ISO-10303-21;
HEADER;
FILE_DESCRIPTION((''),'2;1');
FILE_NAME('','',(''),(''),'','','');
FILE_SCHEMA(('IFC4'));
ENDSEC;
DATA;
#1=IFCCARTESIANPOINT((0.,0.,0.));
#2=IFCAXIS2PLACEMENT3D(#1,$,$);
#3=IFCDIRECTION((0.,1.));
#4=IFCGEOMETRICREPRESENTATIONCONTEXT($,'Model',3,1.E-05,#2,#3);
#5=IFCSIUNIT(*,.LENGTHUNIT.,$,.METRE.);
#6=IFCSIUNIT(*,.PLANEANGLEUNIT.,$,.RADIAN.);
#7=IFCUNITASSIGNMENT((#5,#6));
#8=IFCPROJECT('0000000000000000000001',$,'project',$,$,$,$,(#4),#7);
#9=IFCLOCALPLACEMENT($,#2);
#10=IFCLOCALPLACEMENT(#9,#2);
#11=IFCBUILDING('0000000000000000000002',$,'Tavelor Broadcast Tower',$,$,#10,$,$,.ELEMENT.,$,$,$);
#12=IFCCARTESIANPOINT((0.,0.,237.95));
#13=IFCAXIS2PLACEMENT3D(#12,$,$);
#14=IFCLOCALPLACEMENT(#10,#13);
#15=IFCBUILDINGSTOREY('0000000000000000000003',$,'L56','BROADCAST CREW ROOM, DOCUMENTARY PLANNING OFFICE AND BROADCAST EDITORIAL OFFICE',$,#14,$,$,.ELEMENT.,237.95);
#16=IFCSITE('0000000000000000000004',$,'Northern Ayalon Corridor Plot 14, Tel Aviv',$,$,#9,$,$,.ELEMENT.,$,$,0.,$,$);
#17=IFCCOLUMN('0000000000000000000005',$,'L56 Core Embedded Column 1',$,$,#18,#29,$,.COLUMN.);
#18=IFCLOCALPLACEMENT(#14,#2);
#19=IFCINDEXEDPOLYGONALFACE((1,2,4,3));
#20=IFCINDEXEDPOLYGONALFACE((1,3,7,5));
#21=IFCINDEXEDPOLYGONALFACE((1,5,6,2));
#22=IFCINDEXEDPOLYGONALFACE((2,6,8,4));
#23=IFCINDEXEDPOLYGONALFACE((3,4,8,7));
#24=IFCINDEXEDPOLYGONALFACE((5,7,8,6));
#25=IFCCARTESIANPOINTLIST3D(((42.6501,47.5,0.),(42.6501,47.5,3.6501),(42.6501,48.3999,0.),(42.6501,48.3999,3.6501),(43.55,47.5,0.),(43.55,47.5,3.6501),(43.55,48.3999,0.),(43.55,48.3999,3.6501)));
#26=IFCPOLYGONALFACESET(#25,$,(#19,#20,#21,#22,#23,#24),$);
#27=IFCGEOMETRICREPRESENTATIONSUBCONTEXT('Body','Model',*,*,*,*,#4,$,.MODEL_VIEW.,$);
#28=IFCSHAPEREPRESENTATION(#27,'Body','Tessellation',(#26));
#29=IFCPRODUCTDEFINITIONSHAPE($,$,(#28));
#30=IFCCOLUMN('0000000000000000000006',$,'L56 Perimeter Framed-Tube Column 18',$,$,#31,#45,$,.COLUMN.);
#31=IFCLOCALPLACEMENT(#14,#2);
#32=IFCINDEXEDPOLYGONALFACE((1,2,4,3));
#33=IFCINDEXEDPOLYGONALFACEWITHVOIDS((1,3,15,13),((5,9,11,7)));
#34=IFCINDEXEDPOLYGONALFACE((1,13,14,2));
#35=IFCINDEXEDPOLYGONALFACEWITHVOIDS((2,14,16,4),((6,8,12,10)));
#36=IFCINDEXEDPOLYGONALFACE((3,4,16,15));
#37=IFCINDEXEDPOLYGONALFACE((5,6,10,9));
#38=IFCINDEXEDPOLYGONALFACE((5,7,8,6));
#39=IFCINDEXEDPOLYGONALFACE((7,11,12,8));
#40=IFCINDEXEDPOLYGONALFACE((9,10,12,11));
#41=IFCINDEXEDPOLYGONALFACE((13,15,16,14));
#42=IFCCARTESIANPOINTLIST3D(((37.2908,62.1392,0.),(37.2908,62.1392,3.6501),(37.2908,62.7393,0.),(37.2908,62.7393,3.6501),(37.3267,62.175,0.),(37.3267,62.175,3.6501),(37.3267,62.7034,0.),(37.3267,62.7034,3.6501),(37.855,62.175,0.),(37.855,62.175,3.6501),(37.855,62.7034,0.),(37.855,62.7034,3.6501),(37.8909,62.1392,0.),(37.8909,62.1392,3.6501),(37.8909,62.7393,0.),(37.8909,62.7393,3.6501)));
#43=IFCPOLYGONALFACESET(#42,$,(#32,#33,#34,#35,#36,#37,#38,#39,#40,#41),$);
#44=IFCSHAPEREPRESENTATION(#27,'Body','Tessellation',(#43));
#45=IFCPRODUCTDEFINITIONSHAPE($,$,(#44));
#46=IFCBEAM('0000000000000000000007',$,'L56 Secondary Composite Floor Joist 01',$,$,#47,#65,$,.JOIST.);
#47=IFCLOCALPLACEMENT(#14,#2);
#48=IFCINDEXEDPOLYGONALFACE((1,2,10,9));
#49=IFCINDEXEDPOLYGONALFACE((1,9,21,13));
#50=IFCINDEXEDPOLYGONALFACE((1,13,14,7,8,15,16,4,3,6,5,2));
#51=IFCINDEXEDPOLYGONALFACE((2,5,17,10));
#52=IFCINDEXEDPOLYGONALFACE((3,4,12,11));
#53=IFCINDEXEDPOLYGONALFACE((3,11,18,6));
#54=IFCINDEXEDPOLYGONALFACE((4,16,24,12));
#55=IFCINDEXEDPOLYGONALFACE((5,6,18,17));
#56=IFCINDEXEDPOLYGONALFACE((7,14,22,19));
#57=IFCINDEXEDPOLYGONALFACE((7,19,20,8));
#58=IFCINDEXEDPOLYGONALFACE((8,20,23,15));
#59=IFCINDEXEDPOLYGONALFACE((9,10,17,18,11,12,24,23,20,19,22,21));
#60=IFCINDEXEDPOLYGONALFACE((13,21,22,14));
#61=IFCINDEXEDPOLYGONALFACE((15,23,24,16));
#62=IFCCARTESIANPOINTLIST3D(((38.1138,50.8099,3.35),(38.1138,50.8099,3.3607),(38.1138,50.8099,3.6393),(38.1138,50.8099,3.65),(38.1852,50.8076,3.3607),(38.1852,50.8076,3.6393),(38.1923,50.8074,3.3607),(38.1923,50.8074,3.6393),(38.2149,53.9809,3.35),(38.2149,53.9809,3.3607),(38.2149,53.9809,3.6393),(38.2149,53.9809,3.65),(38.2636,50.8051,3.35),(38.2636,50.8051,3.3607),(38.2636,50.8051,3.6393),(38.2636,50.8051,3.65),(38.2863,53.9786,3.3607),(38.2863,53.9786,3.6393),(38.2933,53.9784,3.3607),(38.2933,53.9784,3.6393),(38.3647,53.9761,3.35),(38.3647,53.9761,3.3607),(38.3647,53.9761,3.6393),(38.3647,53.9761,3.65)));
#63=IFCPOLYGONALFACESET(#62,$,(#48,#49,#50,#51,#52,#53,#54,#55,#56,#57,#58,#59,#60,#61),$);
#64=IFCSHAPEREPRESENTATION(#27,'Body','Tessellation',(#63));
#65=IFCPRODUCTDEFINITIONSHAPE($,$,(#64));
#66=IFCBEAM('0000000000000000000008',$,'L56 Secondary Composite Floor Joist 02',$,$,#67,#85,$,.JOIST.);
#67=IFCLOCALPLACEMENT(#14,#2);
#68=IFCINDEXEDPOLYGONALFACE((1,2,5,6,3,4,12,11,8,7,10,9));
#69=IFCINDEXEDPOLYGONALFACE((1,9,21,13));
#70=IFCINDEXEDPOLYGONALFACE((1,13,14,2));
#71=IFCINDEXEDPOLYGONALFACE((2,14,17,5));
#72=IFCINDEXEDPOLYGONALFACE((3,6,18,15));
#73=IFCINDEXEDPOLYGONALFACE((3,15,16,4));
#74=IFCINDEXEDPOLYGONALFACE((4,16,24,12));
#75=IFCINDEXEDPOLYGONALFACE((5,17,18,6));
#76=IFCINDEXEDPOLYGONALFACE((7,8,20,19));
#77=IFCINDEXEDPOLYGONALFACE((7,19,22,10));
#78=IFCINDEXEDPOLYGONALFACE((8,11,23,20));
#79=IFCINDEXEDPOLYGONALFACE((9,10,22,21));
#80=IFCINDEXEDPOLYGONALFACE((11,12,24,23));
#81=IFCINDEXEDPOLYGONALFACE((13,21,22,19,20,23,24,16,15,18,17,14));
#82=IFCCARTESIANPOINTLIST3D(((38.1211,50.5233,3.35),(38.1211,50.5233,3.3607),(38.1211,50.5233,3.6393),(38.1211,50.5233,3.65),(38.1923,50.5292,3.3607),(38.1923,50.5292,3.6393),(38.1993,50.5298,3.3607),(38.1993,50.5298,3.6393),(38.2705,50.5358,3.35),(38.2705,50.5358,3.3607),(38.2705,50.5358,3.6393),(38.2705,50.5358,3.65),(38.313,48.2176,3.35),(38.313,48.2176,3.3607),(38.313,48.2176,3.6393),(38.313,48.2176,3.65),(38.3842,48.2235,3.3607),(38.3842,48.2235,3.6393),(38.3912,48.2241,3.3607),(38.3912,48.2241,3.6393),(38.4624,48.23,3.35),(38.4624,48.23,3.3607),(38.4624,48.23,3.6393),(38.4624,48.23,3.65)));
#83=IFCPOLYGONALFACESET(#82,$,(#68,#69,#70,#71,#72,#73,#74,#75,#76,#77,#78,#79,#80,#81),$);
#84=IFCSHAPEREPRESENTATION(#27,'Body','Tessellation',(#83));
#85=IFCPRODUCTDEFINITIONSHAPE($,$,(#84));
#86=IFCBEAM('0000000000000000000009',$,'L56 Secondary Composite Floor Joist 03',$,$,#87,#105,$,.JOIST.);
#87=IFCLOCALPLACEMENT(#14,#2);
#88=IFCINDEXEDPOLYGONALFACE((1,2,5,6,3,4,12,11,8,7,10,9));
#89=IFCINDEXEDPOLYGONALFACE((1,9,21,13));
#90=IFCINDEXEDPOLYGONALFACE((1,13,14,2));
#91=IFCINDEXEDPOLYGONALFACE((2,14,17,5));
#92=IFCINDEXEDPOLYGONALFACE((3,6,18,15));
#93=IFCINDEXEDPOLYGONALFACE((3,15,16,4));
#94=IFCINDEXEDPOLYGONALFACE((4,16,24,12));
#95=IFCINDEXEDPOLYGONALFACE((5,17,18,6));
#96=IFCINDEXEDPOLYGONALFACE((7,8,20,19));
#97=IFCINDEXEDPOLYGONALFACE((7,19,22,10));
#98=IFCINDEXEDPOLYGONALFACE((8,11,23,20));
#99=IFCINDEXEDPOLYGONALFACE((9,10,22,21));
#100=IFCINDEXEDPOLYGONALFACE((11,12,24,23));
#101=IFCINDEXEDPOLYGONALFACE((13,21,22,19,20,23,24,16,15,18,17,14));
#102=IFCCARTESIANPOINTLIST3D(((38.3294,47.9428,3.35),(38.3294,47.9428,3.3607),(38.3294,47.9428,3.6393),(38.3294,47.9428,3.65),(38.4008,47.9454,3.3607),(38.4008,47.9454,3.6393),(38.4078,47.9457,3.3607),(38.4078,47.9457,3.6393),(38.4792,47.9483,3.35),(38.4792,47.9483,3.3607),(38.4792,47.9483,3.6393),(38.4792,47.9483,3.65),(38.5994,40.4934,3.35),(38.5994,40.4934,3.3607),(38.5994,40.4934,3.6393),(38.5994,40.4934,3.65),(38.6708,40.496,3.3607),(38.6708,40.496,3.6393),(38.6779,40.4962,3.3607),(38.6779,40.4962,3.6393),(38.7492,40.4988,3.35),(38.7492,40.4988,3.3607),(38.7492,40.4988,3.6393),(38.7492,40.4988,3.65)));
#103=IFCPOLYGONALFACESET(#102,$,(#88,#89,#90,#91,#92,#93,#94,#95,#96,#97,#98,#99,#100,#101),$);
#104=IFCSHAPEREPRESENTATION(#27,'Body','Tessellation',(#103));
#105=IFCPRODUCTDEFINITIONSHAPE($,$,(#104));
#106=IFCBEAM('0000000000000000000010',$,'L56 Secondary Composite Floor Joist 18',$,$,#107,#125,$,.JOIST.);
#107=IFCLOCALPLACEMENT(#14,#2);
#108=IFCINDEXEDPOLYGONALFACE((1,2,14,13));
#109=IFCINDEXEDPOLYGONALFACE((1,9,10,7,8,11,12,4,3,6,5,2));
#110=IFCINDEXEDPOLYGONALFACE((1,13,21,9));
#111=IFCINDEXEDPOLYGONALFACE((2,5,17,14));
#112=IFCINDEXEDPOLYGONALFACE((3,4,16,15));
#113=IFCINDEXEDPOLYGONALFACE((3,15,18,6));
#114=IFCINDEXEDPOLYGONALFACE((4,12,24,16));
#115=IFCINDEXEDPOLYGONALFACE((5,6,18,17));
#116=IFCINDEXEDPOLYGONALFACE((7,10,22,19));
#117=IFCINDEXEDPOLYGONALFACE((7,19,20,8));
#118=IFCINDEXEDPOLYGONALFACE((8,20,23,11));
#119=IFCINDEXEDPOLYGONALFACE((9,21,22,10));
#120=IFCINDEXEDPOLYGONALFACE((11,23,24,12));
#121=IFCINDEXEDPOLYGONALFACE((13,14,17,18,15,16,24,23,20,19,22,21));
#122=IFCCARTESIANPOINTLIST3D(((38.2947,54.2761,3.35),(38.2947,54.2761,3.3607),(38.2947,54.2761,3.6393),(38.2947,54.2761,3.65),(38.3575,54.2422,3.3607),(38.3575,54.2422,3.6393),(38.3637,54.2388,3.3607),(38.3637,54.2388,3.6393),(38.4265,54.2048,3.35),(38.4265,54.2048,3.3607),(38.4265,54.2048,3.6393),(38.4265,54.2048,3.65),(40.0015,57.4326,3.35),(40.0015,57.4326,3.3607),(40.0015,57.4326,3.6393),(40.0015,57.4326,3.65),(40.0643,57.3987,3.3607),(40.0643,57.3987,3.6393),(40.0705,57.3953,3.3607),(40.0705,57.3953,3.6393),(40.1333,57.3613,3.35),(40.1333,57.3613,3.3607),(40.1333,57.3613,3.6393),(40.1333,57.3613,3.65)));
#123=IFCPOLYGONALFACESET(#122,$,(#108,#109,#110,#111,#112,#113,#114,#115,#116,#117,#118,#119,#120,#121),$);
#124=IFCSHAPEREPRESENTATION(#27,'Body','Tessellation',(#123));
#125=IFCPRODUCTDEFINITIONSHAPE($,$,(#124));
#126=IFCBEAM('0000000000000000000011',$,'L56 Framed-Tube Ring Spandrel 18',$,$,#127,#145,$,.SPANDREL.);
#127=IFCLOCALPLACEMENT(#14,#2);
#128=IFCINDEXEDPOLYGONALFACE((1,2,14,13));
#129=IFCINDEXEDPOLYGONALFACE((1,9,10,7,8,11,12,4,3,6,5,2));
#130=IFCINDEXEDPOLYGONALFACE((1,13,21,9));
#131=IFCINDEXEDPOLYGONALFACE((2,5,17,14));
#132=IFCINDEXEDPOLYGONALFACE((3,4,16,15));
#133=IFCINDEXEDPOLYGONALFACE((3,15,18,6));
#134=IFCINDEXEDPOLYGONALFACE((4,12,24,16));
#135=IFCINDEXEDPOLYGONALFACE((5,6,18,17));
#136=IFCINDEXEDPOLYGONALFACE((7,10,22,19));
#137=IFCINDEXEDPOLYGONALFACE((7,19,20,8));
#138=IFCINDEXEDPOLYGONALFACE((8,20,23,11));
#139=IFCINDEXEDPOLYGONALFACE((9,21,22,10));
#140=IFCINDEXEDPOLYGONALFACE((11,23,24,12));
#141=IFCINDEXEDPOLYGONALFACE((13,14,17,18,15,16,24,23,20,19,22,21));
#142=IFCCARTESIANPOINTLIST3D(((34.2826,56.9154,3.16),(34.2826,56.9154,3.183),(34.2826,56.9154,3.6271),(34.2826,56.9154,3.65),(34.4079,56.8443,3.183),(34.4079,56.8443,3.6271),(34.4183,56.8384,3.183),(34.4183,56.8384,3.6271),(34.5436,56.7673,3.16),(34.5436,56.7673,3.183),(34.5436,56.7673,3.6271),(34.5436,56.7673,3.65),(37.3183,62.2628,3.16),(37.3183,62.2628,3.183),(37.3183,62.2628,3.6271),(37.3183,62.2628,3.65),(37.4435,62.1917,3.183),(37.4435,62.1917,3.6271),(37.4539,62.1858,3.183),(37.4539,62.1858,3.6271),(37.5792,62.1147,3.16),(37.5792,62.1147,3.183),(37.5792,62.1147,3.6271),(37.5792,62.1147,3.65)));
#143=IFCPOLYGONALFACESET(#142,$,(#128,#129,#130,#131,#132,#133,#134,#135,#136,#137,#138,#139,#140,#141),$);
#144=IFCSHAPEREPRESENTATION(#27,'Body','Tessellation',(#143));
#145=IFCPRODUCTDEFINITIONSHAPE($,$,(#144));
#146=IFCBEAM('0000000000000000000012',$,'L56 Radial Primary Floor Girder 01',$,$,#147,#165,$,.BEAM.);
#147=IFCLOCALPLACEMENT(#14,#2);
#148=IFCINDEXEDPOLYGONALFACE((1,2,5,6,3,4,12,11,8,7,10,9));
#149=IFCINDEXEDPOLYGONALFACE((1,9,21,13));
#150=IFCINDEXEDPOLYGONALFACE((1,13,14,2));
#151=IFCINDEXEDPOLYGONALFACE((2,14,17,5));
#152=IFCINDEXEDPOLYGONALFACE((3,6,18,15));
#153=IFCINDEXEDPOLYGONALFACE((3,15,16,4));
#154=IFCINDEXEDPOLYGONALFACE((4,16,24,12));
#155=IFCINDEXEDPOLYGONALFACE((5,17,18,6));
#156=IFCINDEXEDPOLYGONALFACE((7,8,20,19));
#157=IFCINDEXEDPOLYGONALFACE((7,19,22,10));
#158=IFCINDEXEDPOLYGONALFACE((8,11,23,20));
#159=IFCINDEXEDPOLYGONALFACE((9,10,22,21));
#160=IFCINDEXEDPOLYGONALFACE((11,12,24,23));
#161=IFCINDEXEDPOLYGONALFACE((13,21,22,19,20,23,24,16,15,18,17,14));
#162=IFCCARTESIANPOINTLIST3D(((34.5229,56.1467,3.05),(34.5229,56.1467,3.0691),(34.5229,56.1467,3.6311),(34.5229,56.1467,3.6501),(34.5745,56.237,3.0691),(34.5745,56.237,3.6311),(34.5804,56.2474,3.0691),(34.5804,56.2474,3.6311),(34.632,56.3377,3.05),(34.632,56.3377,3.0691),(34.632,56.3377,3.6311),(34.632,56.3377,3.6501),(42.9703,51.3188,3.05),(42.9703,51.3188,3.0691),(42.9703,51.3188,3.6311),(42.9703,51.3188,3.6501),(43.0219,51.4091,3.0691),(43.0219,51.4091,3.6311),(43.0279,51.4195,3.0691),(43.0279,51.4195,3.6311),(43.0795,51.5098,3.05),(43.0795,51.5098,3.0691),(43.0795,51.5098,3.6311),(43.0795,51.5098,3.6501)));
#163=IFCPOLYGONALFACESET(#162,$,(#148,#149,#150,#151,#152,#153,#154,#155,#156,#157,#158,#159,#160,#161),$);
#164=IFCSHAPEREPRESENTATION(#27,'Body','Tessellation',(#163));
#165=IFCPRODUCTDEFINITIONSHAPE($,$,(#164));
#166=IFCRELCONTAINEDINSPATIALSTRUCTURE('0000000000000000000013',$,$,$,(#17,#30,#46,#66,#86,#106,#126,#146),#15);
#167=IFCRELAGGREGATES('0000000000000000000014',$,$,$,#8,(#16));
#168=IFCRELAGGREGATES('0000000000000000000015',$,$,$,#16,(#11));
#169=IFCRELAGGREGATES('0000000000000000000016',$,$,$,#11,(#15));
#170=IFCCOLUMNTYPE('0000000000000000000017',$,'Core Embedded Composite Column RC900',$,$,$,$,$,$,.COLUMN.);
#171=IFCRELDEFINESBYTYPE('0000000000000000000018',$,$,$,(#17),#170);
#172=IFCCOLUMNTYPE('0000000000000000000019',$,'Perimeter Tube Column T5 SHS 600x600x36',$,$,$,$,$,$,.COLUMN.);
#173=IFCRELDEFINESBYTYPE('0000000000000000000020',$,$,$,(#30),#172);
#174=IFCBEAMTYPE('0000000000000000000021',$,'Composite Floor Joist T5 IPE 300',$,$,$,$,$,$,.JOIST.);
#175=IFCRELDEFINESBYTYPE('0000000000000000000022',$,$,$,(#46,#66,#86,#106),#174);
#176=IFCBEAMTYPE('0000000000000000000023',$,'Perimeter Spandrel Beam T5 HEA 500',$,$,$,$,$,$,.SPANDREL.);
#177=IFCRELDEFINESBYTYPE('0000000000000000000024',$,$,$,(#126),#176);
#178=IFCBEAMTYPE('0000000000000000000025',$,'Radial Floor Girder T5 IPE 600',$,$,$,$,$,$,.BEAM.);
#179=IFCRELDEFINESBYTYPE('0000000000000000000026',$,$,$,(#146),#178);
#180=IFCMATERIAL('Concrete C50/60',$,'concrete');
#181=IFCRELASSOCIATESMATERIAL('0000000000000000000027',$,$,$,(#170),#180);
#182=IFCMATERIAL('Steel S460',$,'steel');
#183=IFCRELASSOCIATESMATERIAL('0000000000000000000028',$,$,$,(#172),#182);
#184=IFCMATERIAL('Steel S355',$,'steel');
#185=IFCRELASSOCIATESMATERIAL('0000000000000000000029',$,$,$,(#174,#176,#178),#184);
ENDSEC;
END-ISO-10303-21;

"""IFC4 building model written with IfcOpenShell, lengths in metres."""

from ifc_helpers import new_model, si_unit, direction, frame, origin, origin_2d, place, context, subcontext, project, spatial, rectangle, hollow_rectangle, i_section, extrude, material, material_profile, profile_set, type_object, element, save


model = new_model("IFC4")

# Units and contexts
model_context = context("Model", 3, precision=1e-05, world=origin(), true_north=direction((0.0, 1.0)))
body_context = subcontext(model_context, "Body", "Model", "MODEL_VIEW")
ifc_project = project(units=[si_unit("LENGTHUNIT", "METRE"), si_unit("PLANEANGLEUNIT", "RADIAN")], contexts=[model_context])

# Site, building, storey
site_placement = place(None, origin())
site = spatial("IfcSite", under=ifc_project, at=site_placement, Name="Northern Ayalon Corridor Plot 14, Tel Aviv", CompositionType="ELEMENT", RefElevation=0.0)
building_placement = place(site_placement, origin())
building = spatial("IfcBuilding", under=site, at=building_placement, Name="Tavelor Broadcast Tower", CompositionType="ELEMENT")
storey_placement = place(building_placement, frame((0.0, 0.0, 237.95)))
storey = spatial("IfcBuildingStorey", under=building, at=storey_placement, Name="L56", Description="BROADCAST CREW ROOM, DOCUMENTARY PLANNING OFFICE AND BROADCAST EDITORIAL OFFICE", CompositionType="ELEMENT", Elevation=237.95)

# Columns
ifc_material_1 = material(Name="Concrete C50/60", Category="concrete")
ifc_material_profile_1 = material_profile(ifc_material_1, rectangle(XDim=0.8999, YDim=0.8999, at=origin_2d()), Name="RC 900x900")
ifc_profile_set_1 = profile_set([ifc_material_profile_1], Name="Concrete C50/60")
column_type_1 = type_object("IfcColumnType", Name="Core Embedded Composite Column RC900", PredefinedType="COLUMN", material=ifc_profile_set_1)
column_1_placement = place(storey_placement, frame((43.1001, 47.95, 0.0), z_axis=(0.0, 0.0, 1.0), x_axis=(1.0, 0.0, 0.0)))
element("IfcColumn", 1, at=column_1_placement, inside=storey, type_object=column_type_1, Name="L56 Core Embedded Column 1", PredefinedType="COLUMN", context=body_context, shape_type="SweptSolid", body=[
    extrude(rectangle(XDim=0.8999, YDim=0.8999, at=origin_2d()), origin(), (0.0, 0.0, 1.0), 3.6501),
])
ifc_material_2 = material(Name="Steel S460", Category="steel")
ifc_material_profile_2 = material_profile(ifc_material_2, hollow_rectangle(XDim=0.6001, YDim=0.6001, WallThickness=0.0359, at=origin_2d()), Name="SHS 600x600x36")
ifc_profile_set_2 = profile_set([ifc_material_profile_2], Name="Steel S460")
column_type_2 = type_object("IfcColumnType", Name="Perimeter Tube Column T5 SHS 600x600x36", PredefinedType="COLUMN", material=ifc_profile_set_2)
column_2_placement = place(storey_placement, frame((37.5908, 62.4392, 0.0), z_axis=(0.0, 0.0, 1.0), x_axis=(1.0, 0.0, 0.0)))
element("IfcColumn", 2, at=column_2_placement, inside=storey, type_object=column_type_2, Name="L56 Perimeter Framed-Tube Column 18", PredefinedType="COLUMN", context=body_context, shape_type="SweptSolid", body=[
    extrude(hollow_rectangle(XDim=0.6001, YDim=0.6001, WallThickness=0.0359, at=origin_2d()), origin(), (0.0, 0.0, 1.0), 3.6501),
])

# Beams
ifc_material_3 = material(Name="Steel S355", Category="steel")
ifc_material_profile_3 = material_profile(ifc_material_3, i_section(OverallWidth=0.1499, OverallDepth=0.3, WebThickness=0.0071, FlangeThickness=0.0107, at=origin_2d()), Name="IPE 300")
ifc_profile_set_3 = profile_set([ifc_material_profile_3], Name="Steel S355")
beam_type_1 = type_object("IfcBeamType", Name="Composite Floor Joist T5 IPE 300", PredefinedType="JOIST", material=ifc_profile_set_3)
beam_1_placement = place(storey_placement, frame((38.2898, 53.9785, 3.5), z_axis=(-0.031859, -0.999492, 0.0), x_axis=(0.999492, -0.031859, 0.0)))
element("IfcBeam", 3, at=beam_1_placement, inside=storey, type_object=beam_type_1, Name="L56 Secondary Composite Floor Joist 01", PredefinedType="JOIST", context=body_context, shape_type="SweptSolid", body=[
    extrude(i_section(OverallWidth=0.1499, OverallDepth=0.3, WebThickness=0.0071, FlangeThickness=0.0107, at=origin_2d()), origin(), (0.0, 0.0, 1.0), 3.1726),
])
beam_2_placement = place(storey_placement, frame((38.1958, 50.5295, 3.5), z_axis=(0.082941, -0.996554, 0.0), x_axis=(0.996554, 0.082941, 0.0)))
element("IfcBeam", 4, at=beam_2_placement, inside=storey, type_object=beam_type_1, Name="L56 Secondary Composite Floor Joist 02", PredefinedType="JOIST", context=body_context, shape_type="SweptSolid", body=[
    extrude(i_section(OverallWidth=0.1499, OverallDepth=0.3, WebThickness=0.0071, FlangeThickness=0.0107, at=origin_2d()), origin(), (0.0, 0.0, 1.0), 2.3137),
])
beam_3_placement = place(storey_placement, frame((38.4043, 47.9456, 3.5), z_axis=(0.036223, -0.999344, 0.0), x_axis=(0.999344, 0.036223, 0.0)))
element("IfcBeam", 5, at=beam_3_placement, inside=storey, type_object=beam_type_1, Name="L56 Secondary Composite Floor Joist 03", PredefinedType="JOIST", context=body_context, shape_type="SweptSolid", body=[
    extrude(i_section(OverallWidth=0.1499, OverallDepth=0.3, WebThickness=0.0071, FlangeThickness=0.0107, at=origin_2d()), origin(), (0.0, 0.0, 1.0), 7.4543),
])
beam_4_placement = place(storey_placement, frame((40.0674, 57.397, 3.5), z_axis=(-0.475641, -0.87964, 0.0), x_axis=(0.87964, -0.475641, 0.0)))
element("IfcBeam", 6, at=beam_4_placement, inside=storey, type_object=beam_type_1, Name="L56 Secondary Composite Floor Joist 18", PredefinedType="JOIST", context=body_context, shape_type="SweptSolid", body=[
    extrude(i_section(OverallWidth=0.1499, OverallDepth=0.3, WebThickness=0.0071, FlangeThickness=0.0107, at=origin_2d()), origin(), (0.0, 0.0, 1.0), 3.5884),
])
ifc_material_profile_4 = material_profile(ifc_material_3, i_section(OverallWidth=0.3, OverallDepth=0.49, WebThickness=0.012, FlangeThickness=0.0229, at=origin_2d()), Name="HEA 500")
ifc_profile_set_4 = profile_set([ifc_material_profile_4], Name="Steel S355")
beam_type_2 = type_object("IfcBeamType", Name="Perimeter Spandrel Beam T5 HEA 500", PredefinedType="SPANDREL", material=ifc_profile_set_4)
beam_5_placement = place(storey_placement, frame((37.4487, 62.1887, 3.405), z_axis=(-0.493683, -0.869642, 0.0), x_axis=(0.869642, -0.493683, 0.0)))
element("IfcBeam", 7, at=beam_5_placement, inside=storey, type_object=beam_type_2, Name="L56 Framed-Tube Ring Spandrel 18", PredefinedType="SPANDREL", context=body_context, shape_type="SweptSolid", body=[
    extrude(i_section(OverallWidth=0.3, OverallDepth=0.49, WebThickness=0.012, FlangeThickness=0.0229, at=origin_2d()), origin(), (0.0, 0.0, 1.0), 6.1489),
])
ifc_material_profile_5 = material_profile(ifc_material_3, i_section(OverallWidth=0.22, OverallDepth=0.6001, WebThickness=0.012, FlangeThickness=0.019, at=origin_2d()), Name="IPE 600")
ifc_profile_set_5 = profile_set([ifc_material_profile_5], Name="Steel S355")
beam_type_3 = type_object("IfcBeamType", Name="Radial Floor Girder T5 IPE 600", PredefinedType="BEAM", material=ifc_profile_set_5)
beam_6_placement = place(storey_placement, frame((43.0249, 51.4143, 3.3501), z_axis=(-0.868211, 0.496196, 0.0), x_axis=(-0.496196, -0.868211, 0.0)))
element("IfcBeam", 8, at=beam_6_placement, inside=storey, type_object=beam_type_3, Name="L56 Radial Primary Floor Girder 01", PredefinedType="BEAM", context=body_context, shape_type="SweptSolid", body=[
    extrude(i_section(OverallWidth=0.22, OverallDepth=0.6001, WebThickness=0.012, FlangeThickness=0.019, at=origin_2d()), origin(), (0.0, 0.0, 1.0), 9.7297),
])

save(model, "model.ifc")
